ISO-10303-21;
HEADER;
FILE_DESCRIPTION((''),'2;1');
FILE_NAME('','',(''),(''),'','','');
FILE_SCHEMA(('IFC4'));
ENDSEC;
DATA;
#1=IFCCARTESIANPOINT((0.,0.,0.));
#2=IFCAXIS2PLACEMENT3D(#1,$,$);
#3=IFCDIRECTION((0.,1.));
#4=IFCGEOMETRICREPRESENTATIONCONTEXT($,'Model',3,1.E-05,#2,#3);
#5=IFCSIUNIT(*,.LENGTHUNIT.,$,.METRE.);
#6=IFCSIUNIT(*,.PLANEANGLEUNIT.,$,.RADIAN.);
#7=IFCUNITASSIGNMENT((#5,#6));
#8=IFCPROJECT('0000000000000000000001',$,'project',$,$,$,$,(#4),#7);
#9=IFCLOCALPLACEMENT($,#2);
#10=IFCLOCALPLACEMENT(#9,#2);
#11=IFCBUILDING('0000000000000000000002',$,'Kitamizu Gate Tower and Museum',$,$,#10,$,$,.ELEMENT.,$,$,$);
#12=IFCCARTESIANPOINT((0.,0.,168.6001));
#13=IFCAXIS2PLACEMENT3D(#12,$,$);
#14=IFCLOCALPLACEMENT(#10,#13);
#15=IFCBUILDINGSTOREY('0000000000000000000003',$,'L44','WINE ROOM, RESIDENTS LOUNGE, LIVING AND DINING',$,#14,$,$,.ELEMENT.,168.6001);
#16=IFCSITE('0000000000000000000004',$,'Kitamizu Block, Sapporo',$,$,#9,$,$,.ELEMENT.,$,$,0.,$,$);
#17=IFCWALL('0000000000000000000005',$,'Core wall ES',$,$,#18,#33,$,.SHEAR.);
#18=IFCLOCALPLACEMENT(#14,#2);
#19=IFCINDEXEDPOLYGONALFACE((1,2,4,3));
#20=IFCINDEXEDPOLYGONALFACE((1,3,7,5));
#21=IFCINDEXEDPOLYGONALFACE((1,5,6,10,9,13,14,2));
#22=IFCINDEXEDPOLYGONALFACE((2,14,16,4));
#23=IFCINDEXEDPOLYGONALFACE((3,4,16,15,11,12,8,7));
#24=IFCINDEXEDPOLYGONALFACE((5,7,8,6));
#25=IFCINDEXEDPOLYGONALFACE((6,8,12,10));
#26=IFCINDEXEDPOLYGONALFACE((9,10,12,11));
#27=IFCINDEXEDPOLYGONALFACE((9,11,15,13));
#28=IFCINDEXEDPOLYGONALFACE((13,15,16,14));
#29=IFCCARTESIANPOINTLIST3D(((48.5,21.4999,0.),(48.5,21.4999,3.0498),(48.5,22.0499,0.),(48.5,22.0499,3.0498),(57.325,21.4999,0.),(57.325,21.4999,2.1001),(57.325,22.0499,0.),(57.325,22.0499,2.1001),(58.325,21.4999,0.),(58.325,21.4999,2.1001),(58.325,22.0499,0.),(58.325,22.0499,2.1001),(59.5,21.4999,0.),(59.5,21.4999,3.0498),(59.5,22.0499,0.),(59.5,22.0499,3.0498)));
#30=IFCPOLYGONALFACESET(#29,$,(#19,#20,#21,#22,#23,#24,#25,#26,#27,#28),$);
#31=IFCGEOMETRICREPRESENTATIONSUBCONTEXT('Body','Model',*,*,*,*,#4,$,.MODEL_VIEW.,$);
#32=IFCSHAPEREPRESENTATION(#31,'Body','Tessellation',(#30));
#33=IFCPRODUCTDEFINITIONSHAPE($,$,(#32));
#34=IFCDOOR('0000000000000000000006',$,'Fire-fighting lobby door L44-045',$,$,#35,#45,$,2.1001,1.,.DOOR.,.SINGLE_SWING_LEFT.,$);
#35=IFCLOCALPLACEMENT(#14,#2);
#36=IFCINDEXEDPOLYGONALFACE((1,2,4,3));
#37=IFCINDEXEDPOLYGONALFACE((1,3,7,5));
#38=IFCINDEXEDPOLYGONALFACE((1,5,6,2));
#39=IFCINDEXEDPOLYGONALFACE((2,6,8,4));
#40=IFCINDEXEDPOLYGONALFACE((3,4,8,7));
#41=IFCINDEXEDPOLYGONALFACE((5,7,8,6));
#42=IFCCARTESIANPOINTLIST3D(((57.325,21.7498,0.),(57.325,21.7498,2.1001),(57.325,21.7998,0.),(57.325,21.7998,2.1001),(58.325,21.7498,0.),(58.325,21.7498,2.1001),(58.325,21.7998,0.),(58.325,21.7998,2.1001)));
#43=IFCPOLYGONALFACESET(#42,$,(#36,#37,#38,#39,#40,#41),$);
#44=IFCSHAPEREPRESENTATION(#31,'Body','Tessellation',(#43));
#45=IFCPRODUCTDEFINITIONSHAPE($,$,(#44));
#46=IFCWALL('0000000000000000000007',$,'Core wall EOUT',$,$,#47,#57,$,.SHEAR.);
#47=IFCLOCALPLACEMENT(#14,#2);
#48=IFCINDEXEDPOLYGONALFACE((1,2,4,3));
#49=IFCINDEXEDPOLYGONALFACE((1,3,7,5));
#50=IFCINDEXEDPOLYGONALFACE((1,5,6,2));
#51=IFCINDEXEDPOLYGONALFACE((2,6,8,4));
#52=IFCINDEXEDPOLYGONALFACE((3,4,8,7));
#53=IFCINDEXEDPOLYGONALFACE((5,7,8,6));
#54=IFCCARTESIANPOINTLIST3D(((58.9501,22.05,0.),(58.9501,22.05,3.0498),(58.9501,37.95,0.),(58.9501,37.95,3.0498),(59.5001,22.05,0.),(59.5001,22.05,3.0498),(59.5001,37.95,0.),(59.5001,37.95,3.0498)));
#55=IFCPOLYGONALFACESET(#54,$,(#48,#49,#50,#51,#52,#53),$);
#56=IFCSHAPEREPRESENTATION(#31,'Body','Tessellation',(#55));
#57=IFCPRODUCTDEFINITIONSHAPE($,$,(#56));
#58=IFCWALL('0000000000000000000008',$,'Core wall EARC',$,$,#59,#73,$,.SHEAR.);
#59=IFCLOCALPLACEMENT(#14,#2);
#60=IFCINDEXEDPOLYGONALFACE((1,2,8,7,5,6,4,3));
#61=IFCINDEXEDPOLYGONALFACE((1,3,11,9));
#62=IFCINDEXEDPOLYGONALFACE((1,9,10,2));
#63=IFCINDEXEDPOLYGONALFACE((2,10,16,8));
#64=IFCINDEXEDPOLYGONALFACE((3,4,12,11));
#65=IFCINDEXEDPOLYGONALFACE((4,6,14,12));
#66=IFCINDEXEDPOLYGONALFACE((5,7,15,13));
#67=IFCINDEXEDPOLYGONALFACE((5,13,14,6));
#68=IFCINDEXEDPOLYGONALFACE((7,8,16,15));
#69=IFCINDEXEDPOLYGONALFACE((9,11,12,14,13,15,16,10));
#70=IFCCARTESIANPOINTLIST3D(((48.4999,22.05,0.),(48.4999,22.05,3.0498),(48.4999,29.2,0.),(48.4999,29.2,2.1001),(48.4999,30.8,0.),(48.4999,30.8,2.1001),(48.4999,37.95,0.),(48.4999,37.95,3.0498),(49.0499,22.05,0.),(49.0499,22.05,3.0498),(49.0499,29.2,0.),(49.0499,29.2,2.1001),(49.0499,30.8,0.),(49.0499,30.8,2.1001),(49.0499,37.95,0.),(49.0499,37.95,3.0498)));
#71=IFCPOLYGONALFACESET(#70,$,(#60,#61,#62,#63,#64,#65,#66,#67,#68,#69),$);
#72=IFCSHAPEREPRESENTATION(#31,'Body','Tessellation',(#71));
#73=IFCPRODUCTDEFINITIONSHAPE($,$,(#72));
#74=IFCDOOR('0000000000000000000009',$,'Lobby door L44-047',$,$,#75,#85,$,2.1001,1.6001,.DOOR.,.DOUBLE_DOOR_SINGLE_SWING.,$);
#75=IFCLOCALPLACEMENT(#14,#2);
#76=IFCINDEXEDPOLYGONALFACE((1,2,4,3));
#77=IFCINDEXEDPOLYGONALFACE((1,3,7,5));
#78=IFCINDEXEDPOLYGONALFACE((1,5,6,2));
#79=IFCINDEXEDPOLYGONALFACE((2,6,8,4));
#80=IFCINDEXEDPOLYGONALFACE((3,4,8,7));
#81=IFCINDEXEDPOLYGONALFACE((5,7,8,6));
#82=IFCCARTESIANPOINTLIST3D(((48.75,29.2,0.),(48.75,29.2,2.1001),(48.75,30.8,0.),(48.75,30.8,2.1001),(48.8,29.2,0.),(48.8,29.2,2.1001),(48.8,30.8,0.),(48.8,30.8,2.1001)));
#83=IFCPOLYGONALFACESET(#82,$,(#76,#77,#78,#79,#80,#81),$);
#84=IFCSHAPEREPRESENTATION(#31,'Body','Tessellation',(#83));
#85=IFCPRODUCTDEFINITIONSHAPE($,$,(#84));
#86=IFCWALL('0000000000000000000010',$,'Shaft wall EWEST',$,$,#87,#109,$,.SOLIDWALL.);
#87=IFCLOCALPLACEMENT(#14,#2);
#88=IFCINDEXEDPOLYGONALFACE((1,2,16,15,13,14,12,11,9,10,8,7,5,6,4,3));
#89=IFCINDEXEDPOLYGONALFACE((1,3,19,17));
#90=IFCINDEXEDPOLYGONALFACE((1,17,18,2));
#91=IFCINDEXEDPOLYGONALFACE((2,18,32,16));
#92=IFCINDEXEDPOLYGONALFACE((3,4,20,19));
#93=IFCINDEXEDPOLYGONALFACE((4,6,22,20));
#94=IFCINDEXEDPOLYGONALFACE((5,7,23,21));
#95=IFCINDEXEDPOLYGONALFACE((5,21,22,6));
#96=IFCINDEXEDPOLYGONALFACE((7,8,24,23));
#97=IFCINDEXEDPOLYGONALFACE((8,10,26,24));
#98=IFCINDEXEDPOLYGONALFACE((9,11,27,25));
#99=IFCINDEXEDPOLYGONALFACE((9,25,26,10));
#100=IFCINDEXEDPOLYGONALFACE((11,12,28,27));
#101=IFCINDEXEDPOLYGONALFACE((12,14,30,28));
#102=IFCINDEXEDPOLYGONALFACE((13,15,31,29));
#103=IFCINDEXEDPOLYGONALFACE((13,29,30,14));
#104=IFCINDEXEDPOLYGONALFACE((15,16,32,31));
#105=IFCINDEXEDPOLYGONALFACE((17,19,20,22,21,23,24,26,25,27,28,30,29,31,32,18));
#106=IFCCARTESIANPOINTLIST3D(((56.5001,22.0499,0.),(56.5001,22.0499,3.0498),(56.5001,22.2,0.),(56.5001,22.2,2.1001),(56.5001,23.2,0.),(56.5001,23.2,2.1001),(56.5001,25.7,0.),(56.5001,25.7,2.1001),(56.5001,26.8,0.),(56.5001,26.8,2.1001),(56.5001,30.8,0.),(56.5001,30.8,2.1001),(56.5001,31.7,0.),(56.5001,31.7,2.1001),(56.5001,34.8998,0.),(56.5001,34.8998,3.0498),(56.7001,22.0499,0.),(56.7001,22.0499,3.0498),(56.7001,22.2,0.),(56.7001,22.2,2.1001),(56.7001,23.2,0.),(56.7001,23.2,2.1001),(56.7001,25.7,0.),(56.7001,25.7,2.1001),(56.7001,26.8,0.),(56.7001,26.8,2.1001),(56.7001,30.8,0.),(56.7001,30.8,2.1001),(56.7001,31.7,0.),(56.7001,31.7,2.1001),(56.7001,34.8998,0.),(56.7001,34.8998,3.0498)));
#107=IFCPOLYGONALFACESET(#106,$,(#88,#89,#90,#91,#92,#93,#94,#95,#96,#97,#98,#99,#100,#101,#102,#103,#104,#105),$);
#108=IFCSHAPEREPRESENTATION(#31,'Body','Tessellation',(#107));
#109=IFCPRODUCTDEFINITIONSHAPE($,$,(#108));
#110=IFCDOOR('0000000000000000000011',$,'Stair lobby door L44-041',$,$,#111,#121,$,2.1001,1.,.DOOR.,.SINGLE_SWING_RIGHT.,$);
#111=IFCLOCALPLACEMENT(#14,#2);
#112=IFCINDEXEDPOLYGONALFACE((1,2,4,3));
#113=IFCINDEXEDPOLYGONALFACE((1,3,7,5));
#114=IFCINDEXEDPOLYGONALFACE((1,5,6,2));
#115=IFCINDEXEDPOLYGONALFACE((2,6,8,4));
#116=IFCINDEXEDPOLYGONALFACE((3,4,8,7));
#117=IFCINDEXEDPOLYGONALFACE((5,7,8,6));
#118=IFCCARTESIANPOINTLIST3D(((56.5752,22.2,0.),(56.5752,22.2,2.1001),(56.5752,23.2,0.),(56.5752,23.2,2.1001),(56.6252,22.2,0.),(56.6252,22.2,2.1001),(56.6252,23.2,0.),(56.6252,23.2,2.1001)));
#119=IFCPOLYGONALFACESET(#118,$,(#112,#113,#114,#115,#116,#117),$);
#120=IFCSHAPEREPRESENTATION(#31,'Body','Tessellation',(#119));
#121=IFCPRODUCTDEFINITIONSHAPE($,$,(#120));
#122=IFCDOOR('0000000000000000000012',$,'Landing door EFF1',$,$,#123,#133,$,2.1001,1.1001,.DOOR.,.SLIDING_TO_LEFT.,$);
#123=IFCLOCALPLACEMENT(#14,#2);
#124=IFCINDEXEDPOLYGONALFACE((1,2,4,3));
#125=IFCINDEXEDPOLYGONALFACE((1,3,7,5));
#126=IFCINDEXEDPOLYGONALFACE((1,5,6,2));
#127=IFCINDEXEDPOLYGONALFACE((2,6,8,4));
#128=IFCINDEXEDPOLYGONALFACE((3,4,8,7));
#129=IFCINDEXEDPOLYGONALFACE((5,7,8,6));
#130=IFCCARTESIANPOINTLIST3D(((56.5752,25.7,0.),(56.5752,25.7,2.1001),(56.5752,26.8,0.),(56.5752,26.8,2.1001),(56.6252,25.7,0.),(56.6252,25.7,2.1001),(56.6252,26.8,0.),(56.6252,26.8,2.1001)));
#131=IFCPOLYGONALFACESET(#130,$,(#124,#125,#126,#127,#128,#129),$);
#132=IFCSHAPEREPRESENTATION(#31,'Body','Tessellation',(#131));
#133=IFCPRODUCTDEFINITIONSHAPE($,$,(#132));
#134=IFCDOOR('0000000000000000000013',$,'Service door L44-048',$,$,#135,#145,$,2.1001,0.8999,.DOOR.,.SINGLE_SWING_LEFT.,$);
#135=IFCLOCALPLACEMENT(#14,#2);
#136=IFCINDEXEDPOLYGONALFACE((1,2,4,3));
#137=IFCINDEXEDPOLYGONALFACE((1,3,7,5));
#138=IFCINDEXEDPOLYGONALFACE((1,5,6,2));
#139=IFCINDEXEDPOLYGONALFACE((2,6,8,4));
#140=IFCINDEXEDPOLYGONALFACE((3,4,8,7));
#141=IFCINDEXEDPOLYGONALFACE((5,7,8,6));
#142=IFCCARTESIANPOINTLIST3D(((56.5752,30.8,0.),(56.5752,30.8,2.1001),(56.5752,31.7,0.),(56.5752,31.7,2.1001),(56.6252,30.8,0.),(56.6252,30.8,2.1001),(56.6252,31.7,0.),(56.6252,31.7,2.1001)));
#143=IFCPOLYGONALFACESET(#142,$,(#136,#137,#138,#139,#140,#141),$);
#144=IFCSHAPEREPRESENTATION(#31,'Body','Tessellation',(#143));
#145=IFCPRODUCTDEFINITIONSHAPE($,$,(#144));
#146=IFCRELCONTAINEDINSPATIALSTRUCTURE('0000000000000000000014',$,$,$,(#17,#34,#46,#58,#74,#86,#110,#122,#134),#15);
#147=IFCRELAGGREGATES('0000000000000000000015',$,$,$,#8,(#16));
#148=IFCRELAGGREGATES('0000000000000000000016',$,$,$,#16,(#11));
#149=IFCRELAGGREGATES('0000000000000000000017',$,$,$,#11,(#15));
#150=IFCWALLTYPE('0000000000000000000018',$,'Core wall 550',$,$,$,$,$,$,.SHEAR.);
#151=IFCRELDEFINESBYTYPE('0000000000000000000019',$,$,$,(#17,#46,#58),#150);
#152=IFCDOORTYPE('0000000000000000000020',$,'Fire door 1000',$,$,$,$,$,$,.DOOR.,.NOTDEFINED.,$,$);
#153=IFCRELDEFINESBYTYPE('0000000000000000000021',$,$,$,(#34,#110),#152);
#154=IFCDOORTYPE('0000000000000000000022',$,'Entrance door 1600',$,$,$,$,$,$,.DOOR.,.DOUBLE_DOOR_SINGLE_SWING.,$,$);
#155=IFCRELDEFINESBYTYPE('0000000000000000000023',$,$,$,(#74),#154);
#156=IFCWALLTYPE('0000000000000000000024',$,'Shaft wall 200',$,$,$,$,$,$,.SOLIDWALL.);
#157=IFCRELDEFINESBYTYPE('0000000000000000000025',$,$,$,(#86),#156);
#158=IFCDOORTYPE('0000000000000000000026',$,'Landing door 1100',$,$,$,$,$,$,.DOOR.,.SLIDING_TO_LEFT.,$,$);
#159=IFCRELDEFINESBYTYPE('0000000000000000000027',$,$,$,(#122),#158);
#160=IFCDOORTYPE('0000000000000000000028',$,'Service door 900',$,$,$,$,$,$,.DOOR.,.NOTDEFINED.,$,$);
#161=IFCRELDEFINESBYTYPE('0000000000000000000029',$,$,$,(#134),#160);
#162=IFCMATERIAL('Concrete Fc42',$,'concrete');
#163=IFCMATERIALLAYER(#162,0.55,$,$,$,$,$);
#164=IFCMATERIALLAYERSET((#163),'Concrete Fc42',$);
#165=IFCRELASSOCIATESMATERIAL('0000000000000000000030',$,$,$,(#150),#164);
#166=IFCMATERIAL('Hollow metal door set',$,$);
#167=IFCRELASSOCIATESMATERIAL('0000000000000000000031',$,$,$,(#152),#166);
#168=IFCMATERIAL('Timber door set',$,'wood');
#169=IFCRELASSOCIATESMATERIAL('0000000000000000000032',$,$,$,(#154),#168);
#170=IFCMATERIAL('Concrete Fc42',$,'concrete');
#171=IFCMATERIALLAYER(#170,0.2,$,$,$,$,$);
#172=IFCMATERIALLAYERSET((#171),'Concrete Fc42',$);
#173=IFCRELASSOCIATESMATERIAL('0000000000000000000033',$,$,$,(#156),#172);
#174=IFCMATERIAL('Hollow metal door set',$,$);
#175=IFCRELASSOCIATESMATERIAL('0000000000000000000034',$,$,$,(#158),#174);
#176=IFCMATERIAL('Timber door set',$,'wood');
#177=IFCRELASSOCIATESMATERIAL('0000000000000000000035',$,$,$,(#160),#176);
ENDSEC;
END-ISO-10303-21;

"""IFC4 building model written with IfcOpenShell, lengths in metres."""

from ifc_helpers import new_model, si_unit, direction, frame, frame_2d, origin, place, context, subcontext, project, spatial, rectangle, extrude, material, layer, layer_set, type_object, element, fill, save


model = new_model("IFC4")

# Units and contexts
model_context = context("Model", 3, precision=1e-05, world=origin(), true_north=direction((0.0, 1.0)))
body_context = subcontext(model_context, "Body", "Model", "MODEL_VIEW")
ifc_project = project(units=[si_unit("LENGTHUNIT", "METRE"), si_unit("PLANEANGLEUNIT", "RADIAN")], contexts=[model_context])

# Site, building, storey
site_placement = place(None, origin())
site = spatial("IfcSite", under=ifc_project, at=site_placement, Name="Kitamizu Block, Sapporo", CompositionType="ELEMENT", RefElevation=0.0)
building_placement = place(site_placement, origin())
building = spatial("IfcBuilding", under=site, at=building_placement, Name="Kitamizu Gate Tower and Museum", CompositionType="ELEMENT")
storey_placement = place(building_placement, frame((0.0, 0.0, 168.6001)))
storey = spatial("IfcBuildingStorey", under=building, at=storey_placement, Name="L44", Description="WINE ROOM, RESIDENTS LOUNGE, LIVING AND DINING", CompositionType="ELEMENT", Elevation=168.6001)

# Wall, opening, door
ifc_material_1 = material(Name="Concrete Fc42", Category="concrete")
ifc_layer_1 = layer(ifc_material_1, 0.55)
ifc_layer_set_1 = layer_set([ifc_layer_1], Name="Concrete Fc42")
wall_type_1 = type_object("IfcWallType", Name="Core wall 550", PredefinedType="SHEAR", material=ifc_layer_set_1)
wall_1_placement = place(storey_placement, frame((59.5, 21.7749, 0.0), z_axis=(0.0, 0.0, 1.0), x_axis=(-1.0, 0.0, 0.0)))
wall_1 = element("IfcWall", 1, at=wall_1_placement, inside=storey, type_object=wall_type_1, Name="Core wall ES", PredefinedType="SHEAR", context=body_context, shape_type="SweptSolid", body=[
    extrude(rectangle(XDim=11.0, YDim=0.55, at=frame_2d((5.5, 0.0))), origin(), (0.0, 0.0, 1.0), 3.0498),
])
opening_1_placement = place(wall_1_placement, frame((1.175, 0.0, 0.0)))
opening_1 = element("IfcOpeningElement", 2, at=opening_1_placement, cuts=wall_1, PredefinedType="OPENING", context=body_context, shape_type="SweptSolid", body=[
    extrude(rectangle(XDim=1.0, YDim=2.1001, at=frame_2d((0.5, 1.05))), frame((0.0, 0.2852, 0.0), z_axis=(0.0, -1.0, 0.0), x_axis=(1.0, 0.0, 0.0)), (0.0, 0.0, 1.0), 0.5701),
])
ifc_material_2 = material(Name="Hollow metal door set")
door_type_1 = type_object("IfcDoorType", Name="Fire door 1000", OperationType="NOTDEFINED", PredefinedType="DOOR", material=ifc_material_2)
door_1_placement = place(opening_1_placement, frame((1.0, 0.0, 0.0), x_axis=(-1.0, 0.0, 0.0)))
door_1 = element("IfcDoor", 3, at=door_1_placement, inside=storey, type_object=door_type_1, Name="Fire-fighting lobby door L44-045", OperationType="SINGLE_SWING_LEFT", OverallHeight=2.1001, OverallWidth=1.0, PredefinedType="DOOR", context=body_context, shape_type="SweptSolid", body=[
    extrude(rectangle(XDim=1.0, YDim=2.1001, at=frame_2d((0.5, 1.05))), frame((0.0, 0.0249, 0.0), z_axis=(0.0, -1.0, 0.0), x_axis=(1.0, 0.0, 0.0)), (0.0, 0.0, 1.0), 0.05),
])
fill(opening_1, door_1)

# Wall
wall_2_placement = place(storey_placement, frame((59.2251, 22.05, 0.0), z_axis=(0.0, 0.0, 1.0), x_axis=(0.0, 1.0, 0.0)))
element("IfcWall", 4, at=wall_2_placement, inside=storey, type_object=wall_type_1, Name="Core wall EOUT", PredefinedType="SHEAR", context=body_context, shape_type="SweptSolid", body=[
    extrude(rectangle(XDim=15.8999, YDim=0.55, at=frame_2d((7.95, 0.0))), origin(), (0.0, 0.0, 1.0), 3.0498),
])

# Wall, opening, door
wall_3_placement = place(storey_placement, frame((48.7749, 22.05, 0.0), z_axis=(0.0, 0.0, 1.0), x_axis=(0.0, 1.0, 0.0)))
wall_3 = element("IfcWall", 5, at=wall_3_placement, inside=storey, type_object=wall_type_1, Name="Core wall EARC", PredefinedType="SHEAR", context=body_context, shape_type="SweptSolid", body=[
    extrude(rectangle(XDim=15.8999, YDim=0.55, at=frame_2d((7.95, 0.0))), origin(), (0.0, 0.0, 1.0), 3.0498),
])
opening_2_placement = place(wall_3_placement, frame((7.1499, 0.0, 0.0)))
opening_2 = element("IfcOpeningElement", 6, at=opening_2_placement, cuts=wall_3, PredefinedType="OPENING", context=body_context, shape_type="SweptSolid", body=[
    extrude(rectangle(XDim=1.6001, YDim=2.1001, at=frame_2d((0.8, 1.05))), frame((0.0, 0.2852, 0.0), z_axis=(0.0, -1.0, 0.0), x_axis=(1.0, 0.0, 0.0)), (0.0, 0.0, 1.0), 0.5701),
])
ifc_material_3 = material(Name="Timber door set", Category="wood")
door_type_2 = type_object("IfcDoorType", Name="Entrance door 1600", OperationType="DOUBLE_DOOR_SINGLE_SWING", PredefinedType="DOOR", material=ifc_material_3)
door_2_placement = place(opening_2_placement, origin())
door_2 = element("IfcDoor", 7, at=door_2_placement, inside=storey, type_object=door_type_2, Name="Lobby door L44-047", OperationType="DOUBLE_DOOR_SINGLE_SWING", OverallHeight=2.1001, OverallWidth=1.6001, PredefinedType="DOOR", context=body_context, shape_type="SweptSolid", body=[
    extrude(rectangle(XDim=1.6001, YDim=2.1001, at=frame_2d((0.8, 1.05))), frame((0.0, 0.0249, 0.0), z_axis=(0.0, -1.0, 0.0), x_axis=(1.0, 0.0, 0.0)), (0.0, 0.0, 1.0), 0.05),
])
fill(opening_2, door_2)

# Wall, openings, doors
ifc_material_4 = material(Name="Concrete Fc42", Category="concrete")
ifc_layer_2 = layer(ifc_material_4, 0.2)
ifc_layer_set_2 = layer_set([ifc_layer_2], Name="Concrete Fc42")
wall_type_2 = type_object("IfcWallType", Name="Shaft wall 200", PredefinedType="SOLIDWALL", material=ifc_layer_set_2)
wall_4_placement = place(storey_placement, frame((56.6001, 22.05, 0.0), z_axis=(0.0, 0.0, 1.0), x_axis=(0.0, 1.0, 0.0)))
wall_4 = element("IfcWall", 8, at=wall_4_placement, inside=storey, type_object=wall_type_2, Name="Shaft wall EWEST", PredefinedType="SOLIDWALL", context=body_context, shape_type="SweptSolid", body=[
    extrude(rectangle(XDim=12.8499, YDim=0.2, at=frame_2d((6.4248, 0.0))), origin(), (0.0, 0.0, 1.0), 3.0498),
])
opening_3_placement = place(wall_4_placement, frame((3.6499, 0.0, 0.0)))
opening_3 = element("IfcOpeningElement", 9, at=opening_3_placement, cuts=wall_4, PredefinedType="OPENING", context=body_context, shape_type="SweptSolid", body=[
    extrude(rectangle(XDim=1.1001, YDim=2.1001, at=frame_2d((0.55, 1.05))), frame((0.0, 0.1099, 0.0), z_axis=(0.0, -1.0, 0.0), x_axis=(1.0, 0.0, 0.0)), (0.0, 0.0, 1.0), 0.22),
])
opening_4_placement = place(wall_4_placement, frame((0.1499, 0.0, 0.0)))
opening_4 = element("IfcOpeningElement", 10, at=opening_4_placement, cuts=wall_4, PredefinedType="OPENING", context=body_context, shape_type="SweptSolid", body=[
    extrude(rectangle(XDim=1.0, YDim=2.1001, at=frame_2d((0.5, 1.05))), frame((0.0, 0.1099, 0.0), z_axis=(0.0, -1.0, 0.0), x_axis=(1.0, 0.0, 0.0)), (0.0, 0.0, 1.0), 0.22),
])
opening_5_placement = place(wall_4_placement, frame((8.75, 0.0, 0.0)))
opening_5 = element("IfcOpeningElement", 11, at=opening_5_placement, cuts=wall_4, PredefinedType="OPENING", context=body_context, shape_type="SweptSolid", body=[
    extrude(rectangle(XDim=0.8999, YDim=2.1001, at=frame_2d((0.45, 1.05))), frame((0.0, 0.1099, 0.0), z_axis=(0.0, -1.0, 0.0), x_axis=(1.0, 0.0, 0.0)), (0.0, 0.0, 1.0), 0.22),
])
door_3_placement = place(opening_4_placement, origin())
door_3 = element("IfcDoor", 12, at=door_3_placement, inside=storey, type_object=door_type_1, Name="Stair lobby door L44-041", OperationType="SINGLE_SWING_RIGHT", OverallHeight=2.1001, OverallWidth=1.0, PredefinedType="DOOR", context=body_context, shape_type="SweptSolid", body=[
    extrude(rectangle(XDim=1.0, YDim=2.1001, at=frame_2d((0.5, 1.05))), frame((0.0, 0.0249, 0.0), z_axis=(0.0, -1.0, 0.0), x_axis=(1.0, 0.0, 0.0)), (0.0, 0.0, 1.0), 0.05),
])
fill(opening_4, door_3)
ifc_material_5 = material(Name="Hollow metal door set")
door_type_3 = type_object("IfcDoorType", Name="Landing door 1100", OperationType="SLIDING_TO_LEFT", PredefinedType="DOOR", material=ifc_material_5)
door_4_placement = place(opening_3_placement, origin())
door_4 = element("IfcDoor", 13, at=door_4_placement, inside=storey, type_object=door_type_3, Name="Landing door EFF1", OperationType="SLIDING_TO_LEFT", OverallHeight=2.1001, OverallWidth=1.1001, PredefinedType="DOOR", context=body_context, shape_type="SweptSolid", body=[
    extrude(rectangle(XDim=1.1001, YDim=2.1001, at=frame_2d((0.55, 1.05))), frame((0.0, 0.0249, 0.0), z_axis=(0.0, -1.0, 0.0), x_axis=(1.0, 0.0, 0.0)), (0.0, 0.0, 1.0), 0.05),
])
fill(opening_3, door_4)
ifc_material_6 = material(Name="Timber door set", Category="wood")
door_type_4 = type_object("IfcDoorType", Name="Service door 900", OperationType="NOTDEFINED", PredefinedType="DOOR", material=ifc_material_6)
door_5_placement = place(opening_5_placement, origin())
door_5 = element("IfcDoor", 14, at=door_5_placement, inside=storey, type_object=door_type_4, Name="Service door L44-048", OperationType="SINGLE_SWING_LEFT", OverallHeight=2.1001, OverallWidth=0.8999, PredefinedType="DOOR", context=body_context, shape_type="SweptSolid", body=[
    extrude(rectangle(XDim=0.8999, YDim=2.1001, at=frame_2d((0.45, 1.05))), frame((0.0, 0.0249, 0.0), z_axis=(0.0, -1.0, 0.0), x_axis=(1.0, 0.0, 0.0)), (0.0, 0.0, 1.0), 0.05),
])
fill(opening_5, door_5)

save(model, "model.ifc")
